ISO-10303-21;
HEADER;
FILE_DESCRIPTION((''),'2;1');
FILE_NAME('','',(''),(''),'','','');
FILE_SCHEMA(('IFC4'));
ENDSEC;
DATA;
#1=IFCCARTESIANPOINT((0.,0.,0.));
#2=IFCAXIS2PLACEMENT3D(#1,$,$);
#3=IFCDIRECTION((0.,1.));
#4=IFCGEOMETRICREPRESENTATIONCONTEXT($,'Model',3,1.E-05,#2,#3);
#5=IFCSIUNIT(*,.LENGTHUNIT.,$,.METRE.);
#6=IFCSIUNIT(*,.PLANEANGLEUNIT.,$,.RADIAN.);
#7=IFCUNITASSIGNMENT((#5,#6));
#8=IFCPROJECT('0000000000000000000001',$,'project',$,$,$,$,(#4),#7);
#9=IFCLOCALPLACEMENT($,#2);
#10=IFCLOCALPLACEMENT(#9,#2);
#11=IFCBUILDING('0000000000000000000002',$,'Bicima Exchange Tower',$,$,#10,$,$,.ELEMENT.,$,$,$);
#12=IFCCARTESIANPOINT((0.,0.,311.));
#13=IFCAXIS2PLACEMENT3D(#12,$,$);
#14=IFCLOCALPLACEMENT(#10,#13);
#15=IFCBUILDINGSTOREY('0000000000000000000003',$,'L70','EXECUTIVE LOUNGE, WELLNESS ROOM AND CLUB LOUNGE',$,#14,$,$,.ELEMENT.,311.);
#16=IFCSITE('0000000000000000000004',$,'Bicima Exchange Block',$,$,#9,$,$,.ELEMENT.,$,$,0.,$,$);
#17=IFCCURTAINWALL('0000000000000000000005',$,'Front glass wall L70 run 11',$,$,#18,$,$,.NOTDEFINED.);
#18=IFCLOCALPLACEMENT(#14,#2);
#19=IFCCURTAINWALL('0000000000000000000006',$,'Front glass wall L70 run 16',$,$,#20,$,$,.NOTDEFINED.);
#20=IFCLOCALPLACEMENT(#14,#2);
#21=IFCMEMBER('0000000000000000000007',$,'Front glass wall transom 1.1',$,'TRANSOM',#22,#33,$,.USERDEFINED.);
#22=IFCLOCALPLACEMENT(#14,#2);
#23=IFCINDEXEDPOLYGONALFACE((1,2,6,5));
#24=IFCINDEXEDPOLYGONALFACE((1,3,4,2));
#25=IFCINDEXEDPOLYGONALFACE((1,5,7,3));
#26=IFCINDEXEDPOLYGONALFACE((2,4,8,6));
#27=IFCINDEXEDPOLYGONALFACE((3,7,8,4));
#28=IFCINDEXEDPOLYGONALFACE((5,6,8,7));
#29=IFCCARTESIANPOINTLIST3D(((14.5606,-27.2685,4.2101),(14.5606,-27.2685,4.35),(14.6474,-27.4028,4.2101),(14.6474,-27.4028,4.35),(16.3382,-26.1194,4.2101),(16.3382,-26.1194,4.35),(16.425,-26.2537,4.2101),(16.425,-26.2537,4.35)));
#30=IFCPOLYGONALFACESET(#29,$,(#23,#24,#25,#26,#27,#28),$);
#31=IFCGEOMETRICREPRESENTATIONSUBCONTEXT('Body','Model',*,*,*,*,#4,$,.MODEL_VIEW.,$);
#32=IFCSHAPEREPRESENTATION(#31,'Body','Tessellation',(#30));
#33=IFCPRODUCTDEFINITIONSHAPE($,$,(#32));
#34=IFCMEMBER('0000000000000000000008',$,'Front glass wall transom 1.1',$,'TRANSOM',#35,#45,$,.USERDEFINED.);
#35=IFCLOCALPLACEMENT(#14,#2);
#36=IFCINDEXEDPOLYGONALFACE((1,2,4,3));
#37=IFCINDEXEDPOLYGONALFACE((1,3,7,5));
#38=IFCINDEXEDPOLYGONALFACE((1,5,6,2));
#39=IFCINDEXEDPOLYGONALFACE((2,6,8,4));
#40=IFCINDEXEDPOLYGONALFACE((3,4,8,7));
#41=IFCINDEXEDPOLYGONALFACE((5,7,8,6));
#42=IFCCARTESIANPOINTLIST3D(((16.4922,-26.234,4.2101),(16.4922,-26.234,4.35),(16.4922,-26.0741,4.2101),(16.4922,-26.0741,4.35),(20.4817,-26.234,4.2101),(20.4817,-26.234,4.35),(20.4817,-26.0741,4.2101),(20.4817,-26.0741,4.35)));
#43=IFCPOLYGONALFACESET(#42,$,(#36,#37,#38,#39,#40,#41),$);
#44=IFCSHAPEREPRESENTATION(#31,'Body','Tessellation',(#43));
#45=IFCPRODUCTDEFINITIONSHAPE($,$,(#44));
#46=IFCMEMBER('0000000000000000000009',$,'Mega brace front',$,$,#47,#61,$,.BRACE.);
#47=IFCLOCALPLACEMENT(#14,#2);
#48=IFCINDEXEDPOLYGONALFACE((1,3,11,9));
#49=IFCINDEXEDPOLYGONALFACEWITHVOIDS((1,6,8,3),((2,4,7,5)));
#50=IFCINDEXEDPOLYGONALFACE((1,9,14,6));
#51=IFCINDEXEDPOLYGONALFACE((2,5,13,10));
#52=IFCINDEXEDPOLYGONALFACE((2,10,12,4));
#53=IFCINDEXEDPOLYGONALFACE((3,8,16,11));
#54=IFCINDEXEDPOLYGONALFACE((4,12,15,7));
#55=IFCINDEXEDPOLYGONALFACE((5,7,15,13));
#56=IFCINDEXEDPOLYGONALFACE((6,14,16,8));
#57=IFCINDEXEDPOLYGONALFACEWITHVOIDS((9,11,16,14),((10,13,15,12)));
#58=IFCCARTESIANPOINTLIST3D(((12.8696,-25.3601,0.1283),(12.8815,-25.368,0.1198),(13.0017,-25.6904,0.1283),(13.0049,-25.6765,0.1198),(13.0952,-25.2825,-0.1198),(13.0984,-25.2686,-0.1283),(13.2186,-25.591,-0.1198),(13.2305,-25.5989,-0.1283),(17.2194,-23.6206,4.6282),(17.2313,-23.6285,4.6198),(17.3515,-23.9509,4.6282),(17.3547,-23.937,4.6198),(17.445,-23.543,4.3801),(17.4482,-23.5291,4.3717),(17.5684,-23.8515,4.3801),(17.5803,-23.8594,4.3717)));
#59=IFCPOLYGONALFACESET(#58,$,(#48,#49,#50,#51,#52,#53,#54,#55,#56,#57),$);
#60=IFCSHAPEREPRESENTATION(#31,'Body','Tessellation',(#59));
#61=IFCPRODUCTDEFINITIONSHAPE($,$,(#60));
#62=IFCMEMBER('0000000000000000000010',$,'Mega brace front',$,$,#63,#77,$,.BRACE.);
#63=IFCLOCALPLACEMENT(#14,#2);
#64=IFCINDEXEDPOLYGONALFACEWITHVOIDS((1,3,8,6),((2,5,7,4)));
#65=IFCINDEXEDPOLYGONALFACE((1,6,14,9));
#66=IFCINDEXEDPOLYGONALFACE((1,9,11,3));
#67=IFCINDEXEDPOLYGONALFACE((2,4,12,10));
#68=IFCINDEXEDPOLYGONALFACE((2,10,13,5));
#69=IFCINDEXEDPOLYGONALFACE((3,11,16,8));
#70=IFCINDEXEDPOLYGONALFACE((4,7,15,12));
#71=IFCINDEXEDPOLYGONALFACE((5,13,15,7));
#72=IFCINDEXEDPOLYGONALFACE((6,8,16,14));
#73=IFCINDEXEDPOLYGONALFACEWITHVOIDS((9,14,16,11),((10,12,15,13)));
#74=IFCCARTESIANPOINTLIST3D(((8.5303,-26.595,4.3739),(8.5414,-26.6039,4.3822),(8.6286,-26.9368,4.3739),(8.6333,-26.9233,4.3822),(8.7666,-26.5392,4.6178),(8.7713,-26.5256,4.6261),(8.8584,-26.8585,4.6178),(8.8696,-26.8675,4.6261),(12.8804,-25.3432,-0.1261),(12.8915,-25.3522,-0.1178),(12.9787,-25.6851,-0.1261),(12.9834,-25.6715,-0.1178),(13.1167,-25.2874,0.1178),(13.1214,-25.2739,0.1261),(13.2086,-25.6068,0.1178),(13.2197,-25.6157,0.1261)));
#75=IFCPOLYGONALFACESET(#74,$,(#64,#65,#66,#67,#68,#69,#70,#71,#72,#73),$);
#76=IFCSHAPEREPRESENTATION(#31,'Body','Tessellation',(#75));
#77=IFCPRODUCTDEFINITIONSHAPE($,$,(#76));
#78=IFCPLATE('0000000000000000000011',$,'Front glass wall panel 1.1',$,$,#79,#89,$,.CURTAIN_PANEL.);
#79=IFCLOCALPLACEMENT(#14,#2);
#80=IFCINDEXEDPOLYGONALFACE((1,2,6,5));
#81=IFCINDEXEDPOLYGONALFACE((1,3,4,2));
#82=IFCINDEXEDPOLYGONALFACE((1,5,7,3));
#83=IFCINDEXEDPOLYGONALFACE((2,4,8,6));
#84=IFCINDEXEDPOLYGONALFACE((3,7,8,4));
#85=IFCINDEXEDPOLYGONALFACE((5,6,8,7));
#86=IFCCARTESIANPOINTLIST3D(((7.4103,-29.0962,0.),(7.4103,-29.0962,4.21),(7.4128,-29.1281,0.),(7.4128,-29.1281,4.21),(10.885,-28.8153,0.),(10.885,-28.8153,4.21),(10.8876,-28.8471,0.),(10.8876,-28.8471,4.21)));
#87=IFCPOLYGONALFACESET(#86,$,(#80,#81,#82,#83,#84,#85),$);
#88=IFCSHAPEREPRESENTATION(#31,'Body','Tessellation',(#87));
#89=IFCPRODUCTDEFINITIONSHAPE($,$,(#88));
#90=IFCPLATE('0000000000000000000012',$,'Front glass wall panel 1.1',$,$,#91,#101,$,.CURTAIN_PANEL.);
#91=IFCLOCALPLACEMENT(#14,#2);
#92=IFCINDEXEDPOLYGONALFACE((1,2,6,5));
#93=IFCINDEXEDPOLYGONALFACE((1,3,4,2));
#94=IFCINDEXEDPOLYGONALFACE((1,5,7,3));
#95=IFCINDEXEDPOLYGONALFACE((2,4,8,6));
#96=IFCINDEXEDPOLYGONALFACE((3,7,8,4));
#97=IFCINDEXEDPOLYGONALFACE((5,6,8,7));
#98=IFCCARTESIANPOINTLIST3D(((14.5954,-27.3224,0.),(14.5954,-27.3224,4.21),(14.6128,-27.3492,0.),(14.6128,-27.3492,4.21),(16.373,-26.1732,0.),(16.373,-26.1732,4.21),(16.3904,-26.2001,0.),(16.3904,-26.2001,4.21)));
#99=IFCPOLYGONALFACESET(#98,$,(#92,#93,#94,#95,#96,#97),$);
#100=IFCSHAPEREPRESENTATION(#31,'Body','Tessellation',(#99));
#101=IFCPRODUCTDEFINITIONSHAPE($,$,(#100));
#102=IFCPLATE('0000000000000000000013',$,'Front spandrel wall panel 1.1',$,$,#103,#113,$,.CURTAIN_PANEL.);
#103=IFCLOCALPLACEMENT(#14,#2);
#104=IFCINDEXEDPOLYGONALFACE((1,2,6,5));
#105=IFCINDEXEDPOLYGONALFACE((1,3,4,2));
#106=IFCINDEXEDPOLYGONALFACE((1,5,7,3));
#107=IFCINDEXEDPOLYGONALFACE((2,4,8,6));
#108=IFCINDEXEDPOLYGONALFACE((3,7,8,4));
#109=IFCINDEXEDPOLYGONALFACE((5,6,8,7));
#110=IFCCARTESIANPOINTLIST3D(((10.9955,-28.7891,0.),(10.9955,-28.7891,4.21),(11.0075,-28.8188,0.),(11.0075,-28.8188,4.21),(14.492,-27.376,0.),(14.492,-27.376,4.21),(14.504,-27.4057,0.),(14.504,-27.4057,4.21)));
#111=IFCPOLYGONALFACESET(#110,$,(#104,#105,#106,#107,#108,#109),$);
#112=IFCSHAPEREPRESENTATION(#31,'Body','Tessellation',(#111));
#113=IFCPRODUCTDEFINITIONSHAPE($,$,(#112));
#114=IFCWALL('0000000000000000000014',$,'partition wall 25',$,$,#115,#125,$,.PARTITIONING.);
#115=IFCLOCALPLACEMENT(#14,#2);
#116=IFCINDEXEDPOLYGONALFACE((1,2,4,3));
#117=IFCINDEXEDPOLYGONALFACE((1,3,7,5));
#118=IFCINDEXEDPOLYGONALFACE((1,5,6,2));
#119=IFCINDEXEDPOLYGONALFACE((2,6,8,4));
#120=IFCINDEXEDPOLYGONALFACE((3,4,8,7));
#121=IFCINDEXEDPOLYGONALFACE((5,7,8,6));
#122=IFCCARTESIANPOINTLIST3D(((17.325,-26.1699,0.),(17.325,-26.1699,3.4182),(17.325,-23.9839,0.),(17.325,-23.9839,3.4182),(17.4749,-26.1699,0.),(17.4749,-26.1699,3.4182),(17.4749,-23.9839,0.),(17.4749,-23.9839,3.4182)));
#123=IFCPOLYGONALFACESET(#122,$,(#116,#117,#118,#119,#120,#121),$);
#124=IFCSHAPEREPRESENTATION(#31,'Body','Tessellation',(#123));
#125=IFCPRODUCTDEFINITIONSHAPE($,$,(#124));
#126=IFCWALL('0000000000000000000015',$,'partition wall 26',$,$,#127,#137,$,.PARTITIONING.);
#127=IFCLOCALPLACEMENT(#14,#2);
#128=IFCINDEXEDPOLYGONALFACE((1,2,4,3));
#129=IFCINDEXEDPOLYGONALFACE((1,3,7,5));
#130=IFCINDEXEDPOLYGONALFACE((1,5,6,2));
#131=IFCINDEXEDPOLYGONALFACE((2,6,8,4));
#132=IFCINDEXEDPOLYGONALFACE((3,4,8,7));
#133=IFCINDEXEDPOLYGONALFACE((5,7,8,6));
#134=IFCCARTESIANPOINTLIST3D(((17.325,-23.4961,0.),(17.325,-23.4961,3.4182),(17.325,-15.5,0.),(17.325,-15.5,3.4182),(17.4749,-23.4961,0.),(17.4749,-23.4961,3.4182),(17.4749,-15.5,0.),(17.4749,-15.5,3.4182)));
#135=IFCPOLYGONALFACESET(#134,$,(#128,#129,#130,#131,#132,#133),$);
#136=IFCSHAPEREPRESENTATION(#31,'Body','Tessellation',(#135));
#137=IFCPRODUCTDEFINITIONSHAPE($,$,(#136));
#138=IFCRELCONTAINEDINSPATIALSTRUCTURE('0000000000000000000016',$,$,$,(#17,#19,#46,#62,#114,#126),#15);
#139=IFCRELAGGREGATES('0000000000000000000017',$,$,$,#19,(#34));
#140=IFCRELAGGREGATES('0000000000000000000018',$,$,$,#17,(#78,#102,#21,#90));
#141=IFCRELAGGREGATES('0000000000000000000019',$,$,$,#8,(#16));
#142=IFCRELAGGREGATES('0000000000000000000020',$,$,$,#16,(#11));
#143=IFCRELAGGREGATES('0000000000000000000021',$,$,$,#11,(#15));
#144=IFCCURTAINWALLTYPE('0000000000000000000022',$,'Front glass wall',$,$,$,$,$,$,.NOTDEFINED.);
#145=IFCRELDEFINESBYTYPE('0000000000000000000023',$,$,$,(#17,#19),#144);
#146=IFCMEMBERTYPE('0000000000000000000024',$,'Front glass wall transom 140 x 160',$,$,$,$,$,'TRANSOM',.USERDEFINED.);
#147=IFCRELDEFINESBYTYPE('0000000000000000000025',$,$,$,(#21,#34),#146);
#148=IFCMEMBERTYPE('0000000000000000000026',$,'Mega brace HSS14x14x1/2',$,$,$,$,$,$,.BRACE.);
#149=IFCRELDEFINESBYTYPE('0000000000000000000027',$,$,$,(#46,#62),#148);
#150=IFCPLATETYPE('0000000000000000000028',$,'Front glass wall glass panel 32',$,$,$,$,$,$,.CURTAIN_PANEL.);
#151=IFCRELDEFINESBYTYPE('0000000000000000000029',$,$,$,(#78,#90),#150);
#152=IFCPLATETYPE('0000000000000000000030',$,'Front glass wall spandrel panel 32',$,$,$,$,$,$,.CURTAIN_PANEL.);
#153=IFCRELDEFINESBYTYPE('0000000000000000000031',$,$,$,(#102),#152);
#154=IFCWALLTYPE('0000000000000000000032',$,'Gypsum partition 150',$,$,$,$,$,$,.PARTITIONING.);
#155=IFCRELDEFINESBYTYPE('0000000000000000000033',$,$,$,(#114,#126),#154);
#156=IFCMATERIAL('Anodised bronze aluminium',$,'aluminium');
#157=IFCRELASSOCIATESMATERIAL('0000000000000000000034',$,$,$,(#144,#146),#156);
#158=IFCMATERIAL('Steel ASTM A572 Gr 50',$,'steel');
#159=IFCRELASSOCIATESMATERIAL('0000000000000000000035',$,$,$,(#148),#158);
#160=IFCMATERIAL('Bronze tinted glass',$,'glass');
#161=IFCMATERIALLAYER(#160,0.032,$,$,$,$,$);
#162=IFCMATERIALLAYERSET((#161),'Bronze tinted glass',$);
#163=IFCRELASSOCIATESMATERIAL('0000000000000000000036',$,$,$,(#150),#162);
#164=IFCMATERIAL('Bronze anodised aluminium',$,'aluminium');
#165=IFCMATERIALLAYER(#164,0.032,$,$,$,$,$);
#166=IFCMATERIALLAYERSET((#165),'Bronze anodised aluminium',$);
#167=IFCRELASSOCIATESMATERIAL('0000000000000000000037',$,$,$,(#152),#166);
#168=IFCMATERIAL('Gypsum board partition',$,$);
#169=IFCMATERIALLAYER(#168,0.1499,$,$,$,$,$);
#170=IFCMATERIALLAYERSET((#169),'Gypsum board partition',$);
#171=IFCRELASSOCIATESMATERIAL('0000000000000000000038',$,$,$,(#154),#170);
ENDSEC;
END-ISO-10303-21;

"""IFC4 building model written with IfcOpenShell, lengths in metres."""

from ifc_helpers import new_model, si_unit, direction, frame, frame_2d, origin, origin_2d, place, context, subcontext, project, spatial, rectangle, hollow_rectangle, extrude, material, layer, layer_set, material_profile, profile_set, type_object, element, aggregate, save


model = new_model("IFC4")

# Units and contexts
model_context = context("Model", 3, precision=1e-05, world=origin(), true_north=direction((0.0, 1.0)))
body_context = subcontext(model_context, "Body", "Model", "MODEL_VIEW")
ifc_project = project(units=[si_unit("LENGTHUNIT", "METRE"), si_unit("PLANEANGLEUNIT", "RADIAN")], contexts=[model_context])

# Site, building, storey
site_placement = place(None, origin())
site = spatial("IfcSite", under=ifc_project, at=site_placement, Name="Bicima Exchange Block", CompositionType="ELEMENT", RefElevation=0.0)
building_placement = place(site_placement, origin())
building = spatial("IfcBuilding", under=site, at=building_placement, Name="Bicima Exchange Tower", CompositionType="ELEMENT")
storey_placement = place(building_placement, frame((0.0, 0.0, 311.0)))
storey = spatial("IfcBuildingStorey", under=building, at=storey_placement, Name="L70", Description="EXECUTIVE LOUNGE, WELLNESS ROOM AND CLUB LOUNGE", CompositionType="ELEMENT", Elevation=311.0)

# Curtain wall
ifc_material_1 = material(Name="Anodised bronze aluminium", Category="aluminium")
curtain_wall_type = type_object("IfcCurtainWallType", Name="Front glass wall", PredefinedType="NOTDEFINED", material=ifc_material_1)
curtain_wall_1_placement = place(storey_placement, origin())
curtain_wall_1 = element("IfcCurtainWall", 1, at=curtain_wall_1_placement, inside=storey, type_object=curtain_wall_type, Name="Front glass wall L70 run 11", PredefinedType="NOTDEFINED")

# Curtain wall
curtain_wall_2_placement = place(storey_placement, origin())
curtain_wall_2 = element("IfcCurtainWall", 2, at=curtain_wall_2_placement, inside=storey, type_object=curtain_wall_type, Name="Front glass wall L70 run 16", PredefinedType="NOTDEFINED")

# Members
ifc_material_profile_1 = material_profile(ifc_material_1, rectangle(XDim=0.1599, YDim=0.1399, at=origin_2d()))
ifc_profile_set_1 = profile_set([ifc_material_profile_1], Name="Anodised bronze aluminium")
member_type_1 = type_object("IfcMemberType", Name="Front glass wall transom 140 x 160", ElementType="TRANSOM", PredefinedType="USERDEFINED", material=ifc_profile_set_1)
member_1_placement = place(storey_placement, frame((14.604, -27.3357, 4.28), z_axis=(0.839793, 0.542907, 0.0), x_axis=(-0.542907, 0.839793, 0.0)))
member_1 = element("IfcMember", 3, at=member_1_placement, type_object=member_type_1, Name="Front glass wall transom 1.1", ObjectType="TRANSOM", PredefinedType="USERDEFINED", context=body_context, shape_type="SweptSolid", body=[
    extrude(rectangle(XDim=0.1599, YDim=0.1399, at=origin_2d()), origin(), (0.0, 0.0, 1.0), 2.1167),
])
member_2_placement = place(storey_placement, frame((16.4922, -26.1541, 4.28), z_axis=(1.0, 0.0, 0.0), x_axis=(0.0, 1.0, 0.0)))
member_2 = element("IfcMember", 4, at=member_2_placement, type_object=member_type_1, Name="Front glass wall transom 1.1", ObjectType="TRANSOM", PredefinedType="USERDEFINED", context=body_context, shape_type="SweptSolid", body=[
    extrude(rectangle(XDim=0.1599, YDim=0.1399, at=origin_2d()), origin(), (0.0, 0.0, 1.0), 3.9895),
])
aggregate(curtain_wall_2, [member_2])

# Members
ifc_material_2 = material(Name="Steel ASTM A572 Gr 50", Category="steel")
ifc_material_profile_2 = material_profile(ifc_material_2, hollow_rectangle(XDim=0.3557, YDim=0.3557, WallThickness=0.0117, at=origin_2d()))
ifc_profile_set_2 = profile_set([ifc_material_profile_2], Name="Steel ASTM A572 Gr 50")
member_type_2 = type_object("IfcMemberType", Name="Mega brace HSS14x14x1/2", PredefinedType="BRACE", material=ifc_profile_set_2)
member_3_placement = place(storey_placement, frame((13.05, -25.4795, 0.0), z_axis=(0.669628, 0.267783, 0.692742), x_axis=(-0.37131, 0.928509, 0.0)))
element("IfcMember", 5, at=member_3_placement, inside=storey, type_object=member_type_2, Name="Mega brace front", PredefinedType="BRACE", context=body_context, shape_type="SweptSolid", body=[
    extrude(hollow_rectangle(XDim=0.3557, YDim=0.3557, WallThickness=0.0117, at=origin_2d()), origin(), (0.0, 0.0, 1.0), 6.4958),
])
member_4_placement = place(storey_placement, frame((13.05, -25.4795, 0.0), z_axis=(-0.681534, -0.196107, 0.70502), x_axis=(0.276523, -0.961007, 0.0)))
element("IfcMember", 6, at=member_4_placement, inside=storey, type_object=member_type_2, Name="Mega brace front", PredefinedType="BRACE", context=body_context, shape_type="SweptSolid", body=[
    extrude(hollow_rectangle(XDim=0.3557, YDim=0.3557, WallThickness=0.0117, at=origin_2d()), origin(), (0.0, 0.0, 1.0), 6.3828),
])

# Plates
ifc_material_3 = material(Name="Bronze tinted glass", Category="glass")
ifc_layer_1 = layer(ifc_material_3, 0.032)
ifc_layer_set_1 = layer_set([ifc_layer_1], Name="Bronze tinted glass")
plate_type_1 = type_object("IfcPlateType", Name="Front glass wall glass panel 32", PredefinedType="CURTAIN_PANEL", material=ifc_layer_set_1)
plate_1_placement = place(storey_placement, frame((9.1489, -28.9717, 0.0), z_axis=(0.0, 0.0, 1.0), x_axis=(0.996747, 0.080589, 0.0)))
plate_1 = element("IfcPlate", 7, at=plate_1_placement, type_object=plate_type_1, Name="Front glass wall panel 1.1", PredefinedType="CURTAIN_PANEL", context=body_context, shape_type="SweptSolid", body=[
    extrude(rectangle(XDim=3.4861, YDim=0.032, at=origin_2d()), origin(), (0.0, 0.0, 1.0), 4.21),
])
plate_2_placement = place(storey_placement, frame((15.4929, -26.7612, 0.0), z_axis=(0.0, 0.0, 1.0), x_axis=(0.839791, 0.542909, 0.0)))
plate_2 = element("IfcPlate", 8, at=plate_2_placement, type_object=plate_type_1, Name="Front glass wall panel 1.1", PredefinedType="CURTAIN_PANEL", context=body_context, shape_type="SweptSolid", body=[
    extrude(rectangle(XDim=2.1167, YDim=0.032, at=origin_2d()), origin(), (0.0, 0.0, 1.0), 4.21),
])
ifc_material_4 = material(Name="Bronze anodised aluminium", Category="aluminium")
ifc_layer_2 = layer(ifc_material_4, 0.032)
ifc_layer_set_2 = layer_set([ifc_layer_2], Name="Bronze anodised aluminium")
plate_type_2 = type_object("IfcPlateType", Name="Front glass wall spandrel panel 32", PredefinedType="CURTAIN_PANEL", material=ifc_layer_set_2)
plate_3_placement = place(storey_placement, frame((12.7498, -28.0974, 0.0), z_axis=(0.0, 0.0, 1.0), x_axis=(0.927144, 0.374705, 0.0)))
plate_3 = element("IfcPlate", 9, at=plate_3_placement, type_object=plate_type_2, Name="Front spandrel wall panel 1.1", PredefinedType="CURTAIN_PANEL", context=body_context, shape_type="SweptSolid", body=[
    extrude(rectangle(XDim=3.7712, YDim=0.032, at=origin_2d()), origin(), (0.0, 0.0, 1.0), 4.21),
])
aggregate(curtain_wall_1, [plate_1, plate_3, member_1, plate_2])

# Walls
ifc_material_5 = material(Name="Gypsum board partition")
ifc_layer_3 = layer(ifc_material_5, 0.1499)
ifc_layer_set_3 = layer_set([ifc_layer_3], Name="Gypsum board partition")
wall_type = type_object("IfcWallType", Name="Gypsum partition 150", PredefinedType="PARTITIONING", material=ifc_layer_set_3)
wall_1_placement = place(storey_placement, frame((17.3999, -26.1699, 0.0), z_axis=(0.0, 0.0, 1.0), x_axis=(0.0, 1.0, 0.0)))
element("IfcWall", 10, at=wall_1_placement, inside=storey, type_object=wall_type, Name="partition wall 25", PredefinedType="PARTITIONING", context=body_context, shape_type="SweptSolid", body=[
    extrude(rectangle(XDim=2.186, YDim=0.1499, at=frame_2d((1.093, 0.0))), origin(), (0.0, 0.0, 1.0), 3.4182),
])
wall_2_placement = place(storey_placement, frame((17.3999, -23.4961, 0.0), z_axis=(0.0, 0.0, 1.0), x_axis=(0.0, 1.0, 0.0)))
element("IfcWall", 11, at=wall_2_placement, inside=storey, type_object=wall_type, Name="partition wall 26", PredefinedType="PARTITIONING", context=body_context, shape_type="SweptSolid", body=[
    extrude(rectangle(XDim=7.9961, YDim=0.1499, at=frame_2d((3.998, 0.0))), origin(), (0.0, 0.0, 1.0), 3.4182),
])

save(model, "model.ifc")
